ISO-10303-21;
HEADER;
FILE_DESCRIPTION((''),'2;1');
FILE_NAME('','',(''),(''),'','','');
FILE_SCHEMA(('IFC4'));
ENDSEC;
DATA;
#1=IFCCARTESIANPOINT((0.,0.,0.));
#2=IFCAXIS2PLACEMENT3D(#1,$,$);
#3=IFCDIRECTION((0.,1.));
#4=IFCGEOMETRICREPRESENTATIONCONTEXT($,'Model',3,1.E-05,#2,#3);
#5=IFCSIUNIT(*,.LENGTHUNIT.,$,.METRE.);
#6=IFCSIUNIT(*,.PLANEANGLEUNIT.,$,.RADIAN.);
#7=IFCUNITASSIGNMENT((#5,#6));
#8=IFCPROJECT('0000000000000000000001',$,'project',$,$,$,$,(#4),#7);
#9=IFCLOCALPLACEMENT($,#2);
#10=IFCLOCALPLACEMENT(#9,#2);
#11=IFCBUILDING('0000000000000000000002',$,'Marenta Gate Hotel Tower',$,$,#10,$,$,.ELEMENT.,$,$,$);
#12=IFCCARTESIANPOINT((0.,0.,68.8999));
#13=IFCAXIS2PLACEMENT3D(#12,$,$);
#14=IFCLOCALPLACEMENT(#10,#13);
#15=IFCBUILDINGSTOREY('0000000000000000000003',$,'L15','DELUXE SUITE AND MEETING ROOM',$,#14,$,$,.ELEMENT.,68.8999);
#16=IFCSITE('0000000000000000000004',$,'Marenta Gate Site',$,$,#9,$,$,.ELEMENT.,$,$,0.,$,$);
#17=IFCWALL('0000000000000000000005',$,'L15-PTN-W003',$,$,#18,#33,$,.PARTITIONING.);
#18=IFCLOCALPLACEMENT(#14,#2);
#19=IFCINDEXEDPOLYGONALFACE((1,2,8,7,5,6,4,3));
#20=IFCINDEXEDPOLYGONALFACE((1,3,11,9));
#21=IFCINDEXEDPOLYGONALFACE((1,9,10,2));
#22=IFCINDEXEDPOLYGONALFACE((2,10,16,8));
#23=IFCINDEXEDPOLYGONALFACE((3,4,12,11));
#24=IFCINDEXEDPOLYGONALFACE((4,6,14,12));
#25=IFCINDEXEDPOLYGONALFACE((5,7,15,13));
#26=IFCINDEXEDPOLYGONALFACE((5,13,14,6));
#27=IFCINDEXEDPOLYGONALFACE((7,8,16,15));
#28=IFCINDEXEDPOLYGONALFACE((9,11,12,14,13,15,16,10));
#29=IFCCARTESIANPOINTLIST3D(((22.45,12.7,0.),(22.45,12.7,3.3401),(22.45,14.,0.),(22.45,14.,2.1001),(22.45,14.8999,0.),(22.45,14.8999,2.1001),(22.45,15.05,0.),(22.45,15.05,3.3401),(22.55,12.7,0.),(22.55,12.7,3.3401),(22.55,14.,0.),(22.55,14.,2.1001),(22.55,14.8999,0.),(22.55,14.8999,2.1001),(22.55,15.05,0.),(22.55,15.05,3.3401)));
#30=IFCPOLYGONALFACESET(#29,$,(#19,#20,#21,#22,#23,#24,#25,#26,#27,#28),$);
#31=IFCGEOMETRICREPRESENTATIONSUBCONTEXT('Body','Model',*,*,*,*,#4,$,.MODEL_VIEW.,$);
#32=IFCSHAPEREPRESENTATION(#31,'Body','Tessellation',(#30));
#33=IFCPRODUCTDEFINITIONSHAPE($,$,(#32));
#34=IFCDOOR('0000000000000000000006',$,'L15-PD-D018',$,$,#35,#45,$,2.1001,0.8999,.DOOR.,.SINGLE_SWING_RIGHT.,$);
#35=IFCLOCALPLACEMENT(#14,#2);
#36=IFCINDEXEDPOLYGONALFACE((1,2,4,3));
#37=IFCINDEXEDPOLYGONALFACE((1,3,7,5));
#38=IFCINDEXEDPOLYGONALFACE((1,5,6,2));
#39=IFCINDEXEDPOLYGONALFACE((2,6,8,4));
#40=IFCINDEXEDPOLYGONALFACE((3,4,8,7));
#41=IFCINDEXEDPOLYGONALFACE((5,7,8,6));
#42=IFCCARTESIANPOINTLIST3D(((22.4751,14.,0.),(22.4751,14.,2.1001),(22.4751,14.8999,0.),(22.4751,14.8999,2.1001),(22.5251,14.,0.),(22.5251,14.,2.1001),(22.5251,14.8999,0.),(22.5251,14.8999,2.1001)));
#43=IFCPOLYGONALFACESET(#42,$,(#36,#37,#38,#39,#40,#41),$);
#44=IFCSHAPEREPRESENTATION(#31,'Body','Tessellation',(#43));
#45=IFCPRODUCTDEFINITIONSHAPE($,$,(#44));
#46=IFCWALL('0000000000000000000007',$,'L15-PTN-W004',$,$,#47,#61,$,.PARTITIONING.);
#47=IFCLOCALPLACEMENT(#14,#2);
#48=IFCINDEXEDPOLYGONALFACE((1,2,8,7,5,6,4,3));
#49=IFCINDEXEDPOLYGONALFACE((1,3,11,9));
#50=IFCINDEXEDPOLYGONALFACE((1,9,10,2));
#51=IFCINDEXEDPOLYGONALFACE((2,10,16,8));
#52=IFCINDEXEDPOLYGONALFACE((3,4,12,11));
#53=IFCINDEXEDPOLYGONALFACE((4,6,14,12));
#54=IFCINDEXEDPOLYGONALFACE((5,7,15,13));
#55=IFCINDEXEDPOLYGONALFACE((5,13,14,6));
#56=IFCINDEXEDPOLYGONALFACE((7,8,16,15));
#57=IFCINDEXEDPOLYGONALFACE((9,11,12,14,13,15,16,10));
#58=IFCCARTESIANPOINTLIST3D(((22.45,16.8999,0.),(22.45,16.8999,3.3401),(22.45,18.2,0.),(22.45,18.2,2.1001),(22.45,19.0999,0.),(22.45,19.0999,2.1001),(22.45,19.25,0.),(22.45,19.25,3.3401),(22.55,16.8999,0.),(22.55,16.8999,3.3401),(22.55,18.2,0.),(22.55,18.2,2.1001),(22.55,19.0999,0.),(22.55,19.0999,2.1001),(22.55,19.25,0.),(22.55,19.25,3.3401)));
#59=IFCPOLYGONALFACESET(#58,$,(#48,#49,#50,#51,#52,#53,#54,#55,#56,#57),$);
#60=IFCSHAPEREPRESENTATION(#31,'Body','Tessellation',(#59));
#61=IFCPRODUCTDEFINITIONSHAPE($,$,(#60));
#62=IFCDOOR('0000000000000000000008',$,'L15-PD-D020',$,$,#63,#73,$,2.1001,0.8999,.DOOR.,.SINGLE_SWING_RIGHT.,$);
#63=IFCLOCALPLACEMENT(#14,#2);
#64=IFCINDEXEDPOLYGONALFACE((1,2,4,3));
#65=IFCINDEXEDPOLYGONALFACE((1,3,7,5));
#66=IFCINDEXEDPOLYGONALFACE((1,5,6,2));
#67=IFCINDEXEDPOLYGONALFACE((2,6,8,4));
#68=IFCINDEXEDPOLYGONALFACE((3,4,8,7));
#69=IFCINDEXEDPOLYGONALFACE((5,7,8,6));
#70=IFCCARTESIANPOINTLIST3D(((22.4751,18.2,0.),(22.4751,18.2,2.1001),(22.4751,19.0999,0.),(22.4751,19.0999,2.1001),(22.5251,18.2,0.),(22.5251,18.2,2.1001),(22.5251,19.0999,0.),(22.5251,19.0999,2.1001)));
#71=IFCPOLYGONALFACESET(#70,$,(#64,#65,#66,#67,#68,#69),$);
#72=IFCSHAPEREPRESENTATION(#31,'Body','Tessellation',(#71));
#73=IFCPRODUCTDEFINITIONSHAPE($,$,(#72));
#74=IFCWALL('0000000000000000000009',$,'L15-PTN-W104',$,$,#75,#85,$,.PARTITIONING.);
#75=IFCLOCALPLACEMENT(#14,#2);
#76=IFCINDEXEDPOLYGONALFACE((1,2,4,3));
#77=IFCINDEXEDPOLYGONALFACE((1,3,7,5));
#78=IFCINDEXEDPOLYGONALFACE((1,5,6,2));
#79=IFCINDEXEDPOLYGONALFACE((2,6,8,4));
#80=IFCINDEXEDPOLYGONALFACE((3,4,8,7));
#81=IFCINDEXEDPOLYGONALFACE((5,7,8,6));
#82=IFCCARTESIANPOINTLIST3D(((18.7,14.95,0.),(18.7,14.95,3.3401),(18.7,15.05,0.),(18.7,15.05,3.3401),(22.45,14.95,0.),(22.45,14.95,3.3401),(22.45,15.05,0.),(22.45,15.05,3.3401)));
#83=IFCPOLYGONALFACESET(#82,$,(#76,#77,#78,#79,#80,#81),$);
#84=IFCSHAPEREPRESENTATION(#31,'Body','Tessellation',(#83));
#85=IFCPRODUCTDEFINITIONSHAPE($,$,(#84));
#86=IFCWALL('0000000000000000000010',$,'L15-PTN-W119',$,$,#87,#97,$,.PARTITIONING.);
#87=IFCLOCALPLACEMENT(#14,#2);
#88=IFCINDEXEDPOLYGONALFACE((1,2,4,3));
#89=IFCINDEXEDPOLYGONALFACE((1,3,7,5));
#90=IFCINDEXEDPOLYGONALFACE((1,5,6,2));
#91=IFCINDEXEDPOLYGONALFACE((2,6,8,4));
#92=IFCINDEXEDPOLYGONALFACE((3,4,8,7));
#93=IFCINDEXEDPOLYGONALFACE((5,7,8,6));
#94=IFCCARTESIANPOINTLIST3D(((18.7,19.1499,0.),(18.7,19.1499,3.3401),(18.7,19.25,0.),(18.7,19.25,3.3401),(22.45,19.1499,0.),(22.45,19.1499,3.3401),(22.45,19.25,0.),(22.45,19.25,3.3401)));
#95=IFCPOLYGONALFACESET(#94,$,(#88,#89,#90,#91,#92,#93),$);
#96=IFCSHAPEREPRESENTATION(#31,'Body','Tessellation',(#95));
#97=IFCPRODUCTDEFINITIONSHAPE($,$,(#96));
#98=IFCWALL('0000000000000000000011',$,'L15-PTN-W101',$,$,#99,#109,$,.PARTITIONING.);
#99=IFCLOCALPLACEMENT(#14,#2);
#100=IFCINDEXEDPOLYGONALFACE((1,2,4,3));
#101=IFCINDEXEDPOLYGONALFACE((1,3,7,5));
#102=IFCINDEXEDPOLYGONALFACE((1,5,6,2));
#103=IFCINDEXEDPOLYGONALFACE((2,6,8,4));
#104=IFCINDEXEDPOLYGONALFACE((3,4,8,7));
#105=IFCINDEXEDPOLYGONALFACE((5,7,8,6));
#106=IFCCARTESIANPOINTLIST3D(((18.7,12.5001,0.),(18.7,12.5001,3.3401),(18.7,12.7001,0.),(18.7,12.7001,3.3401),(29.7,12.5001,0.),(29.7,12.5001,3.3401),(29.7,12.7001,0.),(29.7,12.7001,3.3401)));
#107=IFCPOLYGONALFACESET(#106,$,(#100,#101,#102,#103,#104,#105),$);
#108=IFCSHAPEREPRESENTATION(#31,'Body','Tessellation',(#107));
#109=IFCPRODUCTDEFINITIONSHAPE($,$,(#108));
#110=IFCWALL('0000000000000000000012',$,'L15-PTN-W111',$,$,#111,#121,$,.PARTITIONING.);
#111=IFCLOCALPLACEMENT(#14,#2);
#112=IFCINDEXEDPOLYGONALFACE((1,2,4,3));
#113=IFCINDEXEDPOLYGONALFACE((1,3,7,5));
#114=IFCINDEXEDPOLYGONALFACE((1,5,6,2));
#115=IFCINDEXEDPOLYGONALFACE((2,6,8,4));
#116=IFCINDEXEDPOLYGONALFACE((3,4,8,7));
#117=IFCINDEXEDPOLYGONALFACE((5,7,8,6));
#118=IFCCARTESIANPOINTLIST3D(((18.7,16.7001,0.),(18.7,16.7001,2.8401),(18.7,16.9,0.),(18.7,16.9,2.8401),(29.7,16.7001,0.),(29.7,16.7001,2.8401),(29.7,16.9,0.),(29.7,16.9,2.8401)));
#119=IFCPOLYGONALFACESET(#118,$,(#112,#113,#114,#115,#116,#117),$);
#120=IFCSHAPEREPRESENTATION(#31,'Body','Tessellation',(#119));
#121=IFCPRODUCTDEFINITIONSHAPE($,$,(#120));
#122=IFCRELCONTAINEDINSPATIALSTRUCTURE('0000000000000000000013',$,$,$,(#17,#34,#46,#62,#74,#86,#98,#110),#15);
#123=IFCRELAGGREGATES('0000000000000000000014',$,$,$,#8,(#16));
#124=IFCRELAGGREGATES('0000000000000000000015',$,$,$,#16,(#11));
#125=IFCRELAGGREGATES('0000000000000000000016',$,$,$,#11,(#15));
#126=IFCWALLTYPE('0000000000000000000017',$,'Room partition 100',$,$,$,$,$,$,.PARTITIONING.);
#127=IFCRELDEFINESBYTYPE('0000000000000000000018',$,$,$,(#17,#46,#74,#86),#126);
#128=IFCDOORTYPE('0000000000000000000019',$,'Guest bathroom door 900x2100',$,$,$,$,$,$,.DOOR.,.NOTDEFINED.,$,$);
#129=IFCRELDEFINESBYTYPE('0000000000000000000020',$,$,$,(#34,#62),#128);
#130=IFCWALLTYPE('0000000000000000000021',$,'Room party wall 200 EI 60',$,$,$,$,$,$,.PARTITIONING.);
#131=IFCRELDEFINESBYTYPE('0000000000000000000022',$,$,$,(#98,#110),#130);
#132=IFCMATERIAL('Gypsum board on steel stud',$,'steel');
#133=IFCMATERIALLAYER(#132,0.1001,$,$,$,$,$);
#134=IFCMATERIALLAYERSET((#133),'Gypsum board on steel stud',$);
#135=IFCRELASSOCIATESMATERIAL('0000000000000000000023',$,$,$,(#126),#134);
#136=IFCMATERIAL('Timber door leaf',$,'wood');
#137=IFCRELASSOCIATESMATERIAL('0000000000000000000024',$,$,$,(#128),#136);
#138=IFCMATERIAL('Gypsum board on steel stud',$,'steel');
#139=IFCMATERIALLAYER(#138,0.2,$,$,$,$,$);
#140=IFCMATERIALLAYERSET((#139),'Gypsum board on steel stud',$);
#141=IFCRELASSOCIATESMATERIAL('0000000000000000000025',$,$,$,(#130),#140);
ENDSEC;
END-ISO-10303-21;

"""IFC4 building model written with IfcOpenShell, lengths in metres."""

from ifc_helpers import new_model, si_unit, direction, frame, frame_2d, origin, place, context, subcontext, project, spatial, rectangle, extrude, material, layer, layer_set, type_object, element, fill, save


model = new_model("IFC4")

# Units and contexts
model_context = context("Model", 3, precision=1e-05, world=origin(), true_north=direction((0.0, 1.0)))
body_context = subcontext(model_context, "Body", "Model", "MODEL_VIEW")
ifc_project = project(units=[si_unit("LENGTHUNIT", "METRE"), si_unit("PLANEANGLEUNIT", "RADIAN")], contexts=[model_context])

# Site, building, storey
site_placement = place(None, origin())
site = spatial("IfcSite", under=ifc_project, at=site_placement, Name="Marenta Gate Site", CompositionType="ELEMENT", RefElevation=0.0)
building_placement = place(site_placement, origin())
building = spatial("IfcBuilding", under=site, at=building_placement, Name="Marenta Gate Hotel Tower", CompositionType="ELEMENT")
storey_placement = place(building_placement, frame((0.0, 0.0, 68.8999)))
storey = spatial("IfcBuildingStorey", under=building, at=storey_placement, Name="L15", Description="DELUXE SUITE AND MEETING ROOM", CompositionType="ELEMENT", Elevation=68.8999)

# Walls, openings, doors
ifc_material_1 = material(Name="Gypsum board on steel stud", Category="steel")
ifc_layer_1 = layer(ifc_material_1, 0.1001)
ifc_layer_set_1 = layer_set([ifc_layer_1], Name="Gypsum board on steel stud")
wall_type_1 = type_object("IfcWallType", Name="Room partition 100", PredefinedType="PARTITIONING", material=ifc_layer_set_1)
wall_1_placement = place(storey_placement, frame((22.5, 12.7, 0.0), z_axis=(0.0, 0.0, 1.0), x_axis=(0.0, 1.0, 0.0)))
wall_1 = element("IfcWall", 1, at=wall_1_placement, inside=storey, type_object=wall_type_1, Name="L15-PTN-W003", PredefinedType="PARTITIONING", context=body_context, shape_type="SweptSolid", body=[
    extrude(rectangle(XDim=2.3501, YDim=0.1001, at=frame_2d((1.175, 0.0))), origin(), (0.0, 0.0, 1.0), 3.3401),
])
opening_1_placement = place(wall_1_placement, frame((1.3, 0.0, 0.0)))
opening_1 = element("IfcOpeningElement", 2, at=opening_1_placement, cuts=wall_1, PredefinedType="OPENING", context=body_context, shape_type="SweptSolid", body=[
    extrude(rectangle(XDim=0.8999, YDim=2.1001, at=frame_2d((0.45, 1.05))), frame((0.0, 0.05, 0.0), z_axis=(0.0, -1.0, 0.0), x_axis=(1.0, 0.0, 0.0)), (0.0, 0.0, 1.0), 0.1001),
])
ifc_material_2 = material(Name="Timber door leaf", Category="wood")
door_type = type_object("IfcDoorType", Name="Guest bathroom door 900x2100", OperationType="NOTDEFINED", PredefinedType="DOOR", material=ifc_material_2)
door_1_placement = place(opening_1_placement, origin())
door_1 = element("IfcDoor", 3, at=door_1_placement, inside=storey, type_object=door_type, Name="L15-PD-D018", OperationType="SINGLE_SWING_RIGHT", OverallHeight=2.1001, OverallWidth=0.8999, PredefinedType="DOOR", context=body_context, shape_type="SweptSolid", body=[
    extrude(rectangle(XDim=0.8999, YDim=2.1001, at=frame_2d((0.45, 1.05))), frame((0.0, 0.0249, 0.0), z_axis=(0.0, -1.0, 0.0), x_axis=(1.0, 0.0, 0.0)), (0.0, 0.0, 1.0), 0.05),
])
fill(opening_1, door_1)
wall_2_placement = place(storey_placement, frame((22.5, 16.8999, 0.0), z_axis=(0.0, 0.0, 1.0), x_axis=(0.0, 1.0, 0.0)))
wall_2 = element("IfcWall", 4, at=wall_2_placement, inside=storey, type_object=wall_type_1, Name="L15-PTN-W004", PredefinedType="PARTITIONING", context=body_context, shape_type="SweptSolid", body=[
    extrude(rectangle(XDim=2.3501, YDim=0.1001, at=frame_2d((1.175, 0.0))), origin(), (0.0, 0.0, 1.0), 3.3401),
])
opening_2_placement = place(wall_2_placement, frame((1.3, 0.0, 0.0)))
opening_2 = element("IfcOpeningElement", 5, at=opening_2_placement, cuts=wall_2, PredefinedType="OPENING", context=body_context, shape_type="SweptSolid", body=[
    extrude(rectangle(XDim=0.8999, YDim=2.1001, at=frame_2d((0.45, 1.05))), frame((0.0, 0.05, 0.0), z_axis=(0.0, -1.0, 0.0), x_axis=(1.0, 0.0, 0.0)), (0.0, 0.0, 1.0), 0.1001),
])
door_2_placement = place(opening_2_placement, origin())
door_2 = element("IfcDoor", 6, at=door_2_placement, inside=storey, type_object=door_type, Name="L15-PD-D020", OperationType="SINGLE_SWING_RIGHT", OverallHeight=2.1001, OverallWidth=0.8999, PredefinedType="DOOR", context=body_context, shape_type="SweptSolid", body=[
    extrude(rectangle(XDim=0.8999, YDim=2.1001, at=frame_2d((0.45, 1.05))), frame((0.0, 0.0249, 0.0), z_axis=(0.0, -1.0, 0.0), x_axis=(1.0, 0.0, 0.0)), (0.0, 0.0, 1.0), 0.05),
])
fill(opening_2, door_2)

# Walls
for number, where, z_axis, x_axis, name in (
    (7, (18.7, 15.0, 0.0), (0.0, 0.0, 1.0), (1.0, 0.0, 0.0), "L15-PTN-W104"),
    (8, (18.7, 19.2, 0.0), (0.0, 0.0, 1.0), (1.0, 0.0, 0.0), "L15-PTN-W119"),
):
    element("IfcWall", number, at=place(storey_placement, frame(where, z_axis=z_axis, x_axis=x_axis)), inside=storey, type_object=wall_type_1, Name=name, PredefinedType="PARTITIONING", context=body_context, shape_type="SweptSolid", body=[
        extrude(rectangle(XDim=3.75, YDim=0.1001, at=frame_2d((1.875, 0.0))), origin(), (0.0, 0.0, 1.0), 3.3401),
    ])
ifc_material_3 = material(Name="Gypsum board on steel stud", Category="steel")
ifc_layer_2 = layer(ifc_material_3, 0.2)
ifc_layer_set_2 = layer_set([ifc_layer_2], Name="Gypsum board on steel stud")
wall_type_2 = type_object("IfcWallType", Name="Room party wall 200 EI 60", PredefinedType="PARTITIONING", material=ifc_layer_set_2)
wall_3_placement = place(storey_placement, frame((18.7, 12.6001, 0.0), z_axis=(0.0, 0.0, 1.0), x_axis=(1.0, 0.0, 0.0)))
element("IfcWall", 9, at=wall_3_placement, inside=storey, type_object=wall_type_2, Name="L15-PTN-W101", PredefinedType="PARTITIONING", context=body_context, shape_type="SweptSolid", body=[
    extrude(rectangle(XDim=11.0, YDim=0.2, at=frame_2d((5.5, 0.0))), origin(), (0.0, 0.0, 1.0), 3.3401),
])
wall_4_placement = place(storey_placement, frame((18.7, 16.8, 0.0), z_axis=(0.0, 0.0, 1.0), x_axis=(1.0, 0.0, 0.0)))
element("IfcWall", 10, at=wall_4_placement, inside=storey, type_object=wall_type_2, Name="L15-PTN-W111", PredefinedType="PARTITIONING", context=body_context, shape_type="SweptSolid", body=[
    extrude(rectangle(XDim=11.0, YDim=0.2, at=frame_2d((5.5, 0.0))), origin(), (0.0, 0.0, 1.0), 2.8401),
])

save(model, "model.ifc")
